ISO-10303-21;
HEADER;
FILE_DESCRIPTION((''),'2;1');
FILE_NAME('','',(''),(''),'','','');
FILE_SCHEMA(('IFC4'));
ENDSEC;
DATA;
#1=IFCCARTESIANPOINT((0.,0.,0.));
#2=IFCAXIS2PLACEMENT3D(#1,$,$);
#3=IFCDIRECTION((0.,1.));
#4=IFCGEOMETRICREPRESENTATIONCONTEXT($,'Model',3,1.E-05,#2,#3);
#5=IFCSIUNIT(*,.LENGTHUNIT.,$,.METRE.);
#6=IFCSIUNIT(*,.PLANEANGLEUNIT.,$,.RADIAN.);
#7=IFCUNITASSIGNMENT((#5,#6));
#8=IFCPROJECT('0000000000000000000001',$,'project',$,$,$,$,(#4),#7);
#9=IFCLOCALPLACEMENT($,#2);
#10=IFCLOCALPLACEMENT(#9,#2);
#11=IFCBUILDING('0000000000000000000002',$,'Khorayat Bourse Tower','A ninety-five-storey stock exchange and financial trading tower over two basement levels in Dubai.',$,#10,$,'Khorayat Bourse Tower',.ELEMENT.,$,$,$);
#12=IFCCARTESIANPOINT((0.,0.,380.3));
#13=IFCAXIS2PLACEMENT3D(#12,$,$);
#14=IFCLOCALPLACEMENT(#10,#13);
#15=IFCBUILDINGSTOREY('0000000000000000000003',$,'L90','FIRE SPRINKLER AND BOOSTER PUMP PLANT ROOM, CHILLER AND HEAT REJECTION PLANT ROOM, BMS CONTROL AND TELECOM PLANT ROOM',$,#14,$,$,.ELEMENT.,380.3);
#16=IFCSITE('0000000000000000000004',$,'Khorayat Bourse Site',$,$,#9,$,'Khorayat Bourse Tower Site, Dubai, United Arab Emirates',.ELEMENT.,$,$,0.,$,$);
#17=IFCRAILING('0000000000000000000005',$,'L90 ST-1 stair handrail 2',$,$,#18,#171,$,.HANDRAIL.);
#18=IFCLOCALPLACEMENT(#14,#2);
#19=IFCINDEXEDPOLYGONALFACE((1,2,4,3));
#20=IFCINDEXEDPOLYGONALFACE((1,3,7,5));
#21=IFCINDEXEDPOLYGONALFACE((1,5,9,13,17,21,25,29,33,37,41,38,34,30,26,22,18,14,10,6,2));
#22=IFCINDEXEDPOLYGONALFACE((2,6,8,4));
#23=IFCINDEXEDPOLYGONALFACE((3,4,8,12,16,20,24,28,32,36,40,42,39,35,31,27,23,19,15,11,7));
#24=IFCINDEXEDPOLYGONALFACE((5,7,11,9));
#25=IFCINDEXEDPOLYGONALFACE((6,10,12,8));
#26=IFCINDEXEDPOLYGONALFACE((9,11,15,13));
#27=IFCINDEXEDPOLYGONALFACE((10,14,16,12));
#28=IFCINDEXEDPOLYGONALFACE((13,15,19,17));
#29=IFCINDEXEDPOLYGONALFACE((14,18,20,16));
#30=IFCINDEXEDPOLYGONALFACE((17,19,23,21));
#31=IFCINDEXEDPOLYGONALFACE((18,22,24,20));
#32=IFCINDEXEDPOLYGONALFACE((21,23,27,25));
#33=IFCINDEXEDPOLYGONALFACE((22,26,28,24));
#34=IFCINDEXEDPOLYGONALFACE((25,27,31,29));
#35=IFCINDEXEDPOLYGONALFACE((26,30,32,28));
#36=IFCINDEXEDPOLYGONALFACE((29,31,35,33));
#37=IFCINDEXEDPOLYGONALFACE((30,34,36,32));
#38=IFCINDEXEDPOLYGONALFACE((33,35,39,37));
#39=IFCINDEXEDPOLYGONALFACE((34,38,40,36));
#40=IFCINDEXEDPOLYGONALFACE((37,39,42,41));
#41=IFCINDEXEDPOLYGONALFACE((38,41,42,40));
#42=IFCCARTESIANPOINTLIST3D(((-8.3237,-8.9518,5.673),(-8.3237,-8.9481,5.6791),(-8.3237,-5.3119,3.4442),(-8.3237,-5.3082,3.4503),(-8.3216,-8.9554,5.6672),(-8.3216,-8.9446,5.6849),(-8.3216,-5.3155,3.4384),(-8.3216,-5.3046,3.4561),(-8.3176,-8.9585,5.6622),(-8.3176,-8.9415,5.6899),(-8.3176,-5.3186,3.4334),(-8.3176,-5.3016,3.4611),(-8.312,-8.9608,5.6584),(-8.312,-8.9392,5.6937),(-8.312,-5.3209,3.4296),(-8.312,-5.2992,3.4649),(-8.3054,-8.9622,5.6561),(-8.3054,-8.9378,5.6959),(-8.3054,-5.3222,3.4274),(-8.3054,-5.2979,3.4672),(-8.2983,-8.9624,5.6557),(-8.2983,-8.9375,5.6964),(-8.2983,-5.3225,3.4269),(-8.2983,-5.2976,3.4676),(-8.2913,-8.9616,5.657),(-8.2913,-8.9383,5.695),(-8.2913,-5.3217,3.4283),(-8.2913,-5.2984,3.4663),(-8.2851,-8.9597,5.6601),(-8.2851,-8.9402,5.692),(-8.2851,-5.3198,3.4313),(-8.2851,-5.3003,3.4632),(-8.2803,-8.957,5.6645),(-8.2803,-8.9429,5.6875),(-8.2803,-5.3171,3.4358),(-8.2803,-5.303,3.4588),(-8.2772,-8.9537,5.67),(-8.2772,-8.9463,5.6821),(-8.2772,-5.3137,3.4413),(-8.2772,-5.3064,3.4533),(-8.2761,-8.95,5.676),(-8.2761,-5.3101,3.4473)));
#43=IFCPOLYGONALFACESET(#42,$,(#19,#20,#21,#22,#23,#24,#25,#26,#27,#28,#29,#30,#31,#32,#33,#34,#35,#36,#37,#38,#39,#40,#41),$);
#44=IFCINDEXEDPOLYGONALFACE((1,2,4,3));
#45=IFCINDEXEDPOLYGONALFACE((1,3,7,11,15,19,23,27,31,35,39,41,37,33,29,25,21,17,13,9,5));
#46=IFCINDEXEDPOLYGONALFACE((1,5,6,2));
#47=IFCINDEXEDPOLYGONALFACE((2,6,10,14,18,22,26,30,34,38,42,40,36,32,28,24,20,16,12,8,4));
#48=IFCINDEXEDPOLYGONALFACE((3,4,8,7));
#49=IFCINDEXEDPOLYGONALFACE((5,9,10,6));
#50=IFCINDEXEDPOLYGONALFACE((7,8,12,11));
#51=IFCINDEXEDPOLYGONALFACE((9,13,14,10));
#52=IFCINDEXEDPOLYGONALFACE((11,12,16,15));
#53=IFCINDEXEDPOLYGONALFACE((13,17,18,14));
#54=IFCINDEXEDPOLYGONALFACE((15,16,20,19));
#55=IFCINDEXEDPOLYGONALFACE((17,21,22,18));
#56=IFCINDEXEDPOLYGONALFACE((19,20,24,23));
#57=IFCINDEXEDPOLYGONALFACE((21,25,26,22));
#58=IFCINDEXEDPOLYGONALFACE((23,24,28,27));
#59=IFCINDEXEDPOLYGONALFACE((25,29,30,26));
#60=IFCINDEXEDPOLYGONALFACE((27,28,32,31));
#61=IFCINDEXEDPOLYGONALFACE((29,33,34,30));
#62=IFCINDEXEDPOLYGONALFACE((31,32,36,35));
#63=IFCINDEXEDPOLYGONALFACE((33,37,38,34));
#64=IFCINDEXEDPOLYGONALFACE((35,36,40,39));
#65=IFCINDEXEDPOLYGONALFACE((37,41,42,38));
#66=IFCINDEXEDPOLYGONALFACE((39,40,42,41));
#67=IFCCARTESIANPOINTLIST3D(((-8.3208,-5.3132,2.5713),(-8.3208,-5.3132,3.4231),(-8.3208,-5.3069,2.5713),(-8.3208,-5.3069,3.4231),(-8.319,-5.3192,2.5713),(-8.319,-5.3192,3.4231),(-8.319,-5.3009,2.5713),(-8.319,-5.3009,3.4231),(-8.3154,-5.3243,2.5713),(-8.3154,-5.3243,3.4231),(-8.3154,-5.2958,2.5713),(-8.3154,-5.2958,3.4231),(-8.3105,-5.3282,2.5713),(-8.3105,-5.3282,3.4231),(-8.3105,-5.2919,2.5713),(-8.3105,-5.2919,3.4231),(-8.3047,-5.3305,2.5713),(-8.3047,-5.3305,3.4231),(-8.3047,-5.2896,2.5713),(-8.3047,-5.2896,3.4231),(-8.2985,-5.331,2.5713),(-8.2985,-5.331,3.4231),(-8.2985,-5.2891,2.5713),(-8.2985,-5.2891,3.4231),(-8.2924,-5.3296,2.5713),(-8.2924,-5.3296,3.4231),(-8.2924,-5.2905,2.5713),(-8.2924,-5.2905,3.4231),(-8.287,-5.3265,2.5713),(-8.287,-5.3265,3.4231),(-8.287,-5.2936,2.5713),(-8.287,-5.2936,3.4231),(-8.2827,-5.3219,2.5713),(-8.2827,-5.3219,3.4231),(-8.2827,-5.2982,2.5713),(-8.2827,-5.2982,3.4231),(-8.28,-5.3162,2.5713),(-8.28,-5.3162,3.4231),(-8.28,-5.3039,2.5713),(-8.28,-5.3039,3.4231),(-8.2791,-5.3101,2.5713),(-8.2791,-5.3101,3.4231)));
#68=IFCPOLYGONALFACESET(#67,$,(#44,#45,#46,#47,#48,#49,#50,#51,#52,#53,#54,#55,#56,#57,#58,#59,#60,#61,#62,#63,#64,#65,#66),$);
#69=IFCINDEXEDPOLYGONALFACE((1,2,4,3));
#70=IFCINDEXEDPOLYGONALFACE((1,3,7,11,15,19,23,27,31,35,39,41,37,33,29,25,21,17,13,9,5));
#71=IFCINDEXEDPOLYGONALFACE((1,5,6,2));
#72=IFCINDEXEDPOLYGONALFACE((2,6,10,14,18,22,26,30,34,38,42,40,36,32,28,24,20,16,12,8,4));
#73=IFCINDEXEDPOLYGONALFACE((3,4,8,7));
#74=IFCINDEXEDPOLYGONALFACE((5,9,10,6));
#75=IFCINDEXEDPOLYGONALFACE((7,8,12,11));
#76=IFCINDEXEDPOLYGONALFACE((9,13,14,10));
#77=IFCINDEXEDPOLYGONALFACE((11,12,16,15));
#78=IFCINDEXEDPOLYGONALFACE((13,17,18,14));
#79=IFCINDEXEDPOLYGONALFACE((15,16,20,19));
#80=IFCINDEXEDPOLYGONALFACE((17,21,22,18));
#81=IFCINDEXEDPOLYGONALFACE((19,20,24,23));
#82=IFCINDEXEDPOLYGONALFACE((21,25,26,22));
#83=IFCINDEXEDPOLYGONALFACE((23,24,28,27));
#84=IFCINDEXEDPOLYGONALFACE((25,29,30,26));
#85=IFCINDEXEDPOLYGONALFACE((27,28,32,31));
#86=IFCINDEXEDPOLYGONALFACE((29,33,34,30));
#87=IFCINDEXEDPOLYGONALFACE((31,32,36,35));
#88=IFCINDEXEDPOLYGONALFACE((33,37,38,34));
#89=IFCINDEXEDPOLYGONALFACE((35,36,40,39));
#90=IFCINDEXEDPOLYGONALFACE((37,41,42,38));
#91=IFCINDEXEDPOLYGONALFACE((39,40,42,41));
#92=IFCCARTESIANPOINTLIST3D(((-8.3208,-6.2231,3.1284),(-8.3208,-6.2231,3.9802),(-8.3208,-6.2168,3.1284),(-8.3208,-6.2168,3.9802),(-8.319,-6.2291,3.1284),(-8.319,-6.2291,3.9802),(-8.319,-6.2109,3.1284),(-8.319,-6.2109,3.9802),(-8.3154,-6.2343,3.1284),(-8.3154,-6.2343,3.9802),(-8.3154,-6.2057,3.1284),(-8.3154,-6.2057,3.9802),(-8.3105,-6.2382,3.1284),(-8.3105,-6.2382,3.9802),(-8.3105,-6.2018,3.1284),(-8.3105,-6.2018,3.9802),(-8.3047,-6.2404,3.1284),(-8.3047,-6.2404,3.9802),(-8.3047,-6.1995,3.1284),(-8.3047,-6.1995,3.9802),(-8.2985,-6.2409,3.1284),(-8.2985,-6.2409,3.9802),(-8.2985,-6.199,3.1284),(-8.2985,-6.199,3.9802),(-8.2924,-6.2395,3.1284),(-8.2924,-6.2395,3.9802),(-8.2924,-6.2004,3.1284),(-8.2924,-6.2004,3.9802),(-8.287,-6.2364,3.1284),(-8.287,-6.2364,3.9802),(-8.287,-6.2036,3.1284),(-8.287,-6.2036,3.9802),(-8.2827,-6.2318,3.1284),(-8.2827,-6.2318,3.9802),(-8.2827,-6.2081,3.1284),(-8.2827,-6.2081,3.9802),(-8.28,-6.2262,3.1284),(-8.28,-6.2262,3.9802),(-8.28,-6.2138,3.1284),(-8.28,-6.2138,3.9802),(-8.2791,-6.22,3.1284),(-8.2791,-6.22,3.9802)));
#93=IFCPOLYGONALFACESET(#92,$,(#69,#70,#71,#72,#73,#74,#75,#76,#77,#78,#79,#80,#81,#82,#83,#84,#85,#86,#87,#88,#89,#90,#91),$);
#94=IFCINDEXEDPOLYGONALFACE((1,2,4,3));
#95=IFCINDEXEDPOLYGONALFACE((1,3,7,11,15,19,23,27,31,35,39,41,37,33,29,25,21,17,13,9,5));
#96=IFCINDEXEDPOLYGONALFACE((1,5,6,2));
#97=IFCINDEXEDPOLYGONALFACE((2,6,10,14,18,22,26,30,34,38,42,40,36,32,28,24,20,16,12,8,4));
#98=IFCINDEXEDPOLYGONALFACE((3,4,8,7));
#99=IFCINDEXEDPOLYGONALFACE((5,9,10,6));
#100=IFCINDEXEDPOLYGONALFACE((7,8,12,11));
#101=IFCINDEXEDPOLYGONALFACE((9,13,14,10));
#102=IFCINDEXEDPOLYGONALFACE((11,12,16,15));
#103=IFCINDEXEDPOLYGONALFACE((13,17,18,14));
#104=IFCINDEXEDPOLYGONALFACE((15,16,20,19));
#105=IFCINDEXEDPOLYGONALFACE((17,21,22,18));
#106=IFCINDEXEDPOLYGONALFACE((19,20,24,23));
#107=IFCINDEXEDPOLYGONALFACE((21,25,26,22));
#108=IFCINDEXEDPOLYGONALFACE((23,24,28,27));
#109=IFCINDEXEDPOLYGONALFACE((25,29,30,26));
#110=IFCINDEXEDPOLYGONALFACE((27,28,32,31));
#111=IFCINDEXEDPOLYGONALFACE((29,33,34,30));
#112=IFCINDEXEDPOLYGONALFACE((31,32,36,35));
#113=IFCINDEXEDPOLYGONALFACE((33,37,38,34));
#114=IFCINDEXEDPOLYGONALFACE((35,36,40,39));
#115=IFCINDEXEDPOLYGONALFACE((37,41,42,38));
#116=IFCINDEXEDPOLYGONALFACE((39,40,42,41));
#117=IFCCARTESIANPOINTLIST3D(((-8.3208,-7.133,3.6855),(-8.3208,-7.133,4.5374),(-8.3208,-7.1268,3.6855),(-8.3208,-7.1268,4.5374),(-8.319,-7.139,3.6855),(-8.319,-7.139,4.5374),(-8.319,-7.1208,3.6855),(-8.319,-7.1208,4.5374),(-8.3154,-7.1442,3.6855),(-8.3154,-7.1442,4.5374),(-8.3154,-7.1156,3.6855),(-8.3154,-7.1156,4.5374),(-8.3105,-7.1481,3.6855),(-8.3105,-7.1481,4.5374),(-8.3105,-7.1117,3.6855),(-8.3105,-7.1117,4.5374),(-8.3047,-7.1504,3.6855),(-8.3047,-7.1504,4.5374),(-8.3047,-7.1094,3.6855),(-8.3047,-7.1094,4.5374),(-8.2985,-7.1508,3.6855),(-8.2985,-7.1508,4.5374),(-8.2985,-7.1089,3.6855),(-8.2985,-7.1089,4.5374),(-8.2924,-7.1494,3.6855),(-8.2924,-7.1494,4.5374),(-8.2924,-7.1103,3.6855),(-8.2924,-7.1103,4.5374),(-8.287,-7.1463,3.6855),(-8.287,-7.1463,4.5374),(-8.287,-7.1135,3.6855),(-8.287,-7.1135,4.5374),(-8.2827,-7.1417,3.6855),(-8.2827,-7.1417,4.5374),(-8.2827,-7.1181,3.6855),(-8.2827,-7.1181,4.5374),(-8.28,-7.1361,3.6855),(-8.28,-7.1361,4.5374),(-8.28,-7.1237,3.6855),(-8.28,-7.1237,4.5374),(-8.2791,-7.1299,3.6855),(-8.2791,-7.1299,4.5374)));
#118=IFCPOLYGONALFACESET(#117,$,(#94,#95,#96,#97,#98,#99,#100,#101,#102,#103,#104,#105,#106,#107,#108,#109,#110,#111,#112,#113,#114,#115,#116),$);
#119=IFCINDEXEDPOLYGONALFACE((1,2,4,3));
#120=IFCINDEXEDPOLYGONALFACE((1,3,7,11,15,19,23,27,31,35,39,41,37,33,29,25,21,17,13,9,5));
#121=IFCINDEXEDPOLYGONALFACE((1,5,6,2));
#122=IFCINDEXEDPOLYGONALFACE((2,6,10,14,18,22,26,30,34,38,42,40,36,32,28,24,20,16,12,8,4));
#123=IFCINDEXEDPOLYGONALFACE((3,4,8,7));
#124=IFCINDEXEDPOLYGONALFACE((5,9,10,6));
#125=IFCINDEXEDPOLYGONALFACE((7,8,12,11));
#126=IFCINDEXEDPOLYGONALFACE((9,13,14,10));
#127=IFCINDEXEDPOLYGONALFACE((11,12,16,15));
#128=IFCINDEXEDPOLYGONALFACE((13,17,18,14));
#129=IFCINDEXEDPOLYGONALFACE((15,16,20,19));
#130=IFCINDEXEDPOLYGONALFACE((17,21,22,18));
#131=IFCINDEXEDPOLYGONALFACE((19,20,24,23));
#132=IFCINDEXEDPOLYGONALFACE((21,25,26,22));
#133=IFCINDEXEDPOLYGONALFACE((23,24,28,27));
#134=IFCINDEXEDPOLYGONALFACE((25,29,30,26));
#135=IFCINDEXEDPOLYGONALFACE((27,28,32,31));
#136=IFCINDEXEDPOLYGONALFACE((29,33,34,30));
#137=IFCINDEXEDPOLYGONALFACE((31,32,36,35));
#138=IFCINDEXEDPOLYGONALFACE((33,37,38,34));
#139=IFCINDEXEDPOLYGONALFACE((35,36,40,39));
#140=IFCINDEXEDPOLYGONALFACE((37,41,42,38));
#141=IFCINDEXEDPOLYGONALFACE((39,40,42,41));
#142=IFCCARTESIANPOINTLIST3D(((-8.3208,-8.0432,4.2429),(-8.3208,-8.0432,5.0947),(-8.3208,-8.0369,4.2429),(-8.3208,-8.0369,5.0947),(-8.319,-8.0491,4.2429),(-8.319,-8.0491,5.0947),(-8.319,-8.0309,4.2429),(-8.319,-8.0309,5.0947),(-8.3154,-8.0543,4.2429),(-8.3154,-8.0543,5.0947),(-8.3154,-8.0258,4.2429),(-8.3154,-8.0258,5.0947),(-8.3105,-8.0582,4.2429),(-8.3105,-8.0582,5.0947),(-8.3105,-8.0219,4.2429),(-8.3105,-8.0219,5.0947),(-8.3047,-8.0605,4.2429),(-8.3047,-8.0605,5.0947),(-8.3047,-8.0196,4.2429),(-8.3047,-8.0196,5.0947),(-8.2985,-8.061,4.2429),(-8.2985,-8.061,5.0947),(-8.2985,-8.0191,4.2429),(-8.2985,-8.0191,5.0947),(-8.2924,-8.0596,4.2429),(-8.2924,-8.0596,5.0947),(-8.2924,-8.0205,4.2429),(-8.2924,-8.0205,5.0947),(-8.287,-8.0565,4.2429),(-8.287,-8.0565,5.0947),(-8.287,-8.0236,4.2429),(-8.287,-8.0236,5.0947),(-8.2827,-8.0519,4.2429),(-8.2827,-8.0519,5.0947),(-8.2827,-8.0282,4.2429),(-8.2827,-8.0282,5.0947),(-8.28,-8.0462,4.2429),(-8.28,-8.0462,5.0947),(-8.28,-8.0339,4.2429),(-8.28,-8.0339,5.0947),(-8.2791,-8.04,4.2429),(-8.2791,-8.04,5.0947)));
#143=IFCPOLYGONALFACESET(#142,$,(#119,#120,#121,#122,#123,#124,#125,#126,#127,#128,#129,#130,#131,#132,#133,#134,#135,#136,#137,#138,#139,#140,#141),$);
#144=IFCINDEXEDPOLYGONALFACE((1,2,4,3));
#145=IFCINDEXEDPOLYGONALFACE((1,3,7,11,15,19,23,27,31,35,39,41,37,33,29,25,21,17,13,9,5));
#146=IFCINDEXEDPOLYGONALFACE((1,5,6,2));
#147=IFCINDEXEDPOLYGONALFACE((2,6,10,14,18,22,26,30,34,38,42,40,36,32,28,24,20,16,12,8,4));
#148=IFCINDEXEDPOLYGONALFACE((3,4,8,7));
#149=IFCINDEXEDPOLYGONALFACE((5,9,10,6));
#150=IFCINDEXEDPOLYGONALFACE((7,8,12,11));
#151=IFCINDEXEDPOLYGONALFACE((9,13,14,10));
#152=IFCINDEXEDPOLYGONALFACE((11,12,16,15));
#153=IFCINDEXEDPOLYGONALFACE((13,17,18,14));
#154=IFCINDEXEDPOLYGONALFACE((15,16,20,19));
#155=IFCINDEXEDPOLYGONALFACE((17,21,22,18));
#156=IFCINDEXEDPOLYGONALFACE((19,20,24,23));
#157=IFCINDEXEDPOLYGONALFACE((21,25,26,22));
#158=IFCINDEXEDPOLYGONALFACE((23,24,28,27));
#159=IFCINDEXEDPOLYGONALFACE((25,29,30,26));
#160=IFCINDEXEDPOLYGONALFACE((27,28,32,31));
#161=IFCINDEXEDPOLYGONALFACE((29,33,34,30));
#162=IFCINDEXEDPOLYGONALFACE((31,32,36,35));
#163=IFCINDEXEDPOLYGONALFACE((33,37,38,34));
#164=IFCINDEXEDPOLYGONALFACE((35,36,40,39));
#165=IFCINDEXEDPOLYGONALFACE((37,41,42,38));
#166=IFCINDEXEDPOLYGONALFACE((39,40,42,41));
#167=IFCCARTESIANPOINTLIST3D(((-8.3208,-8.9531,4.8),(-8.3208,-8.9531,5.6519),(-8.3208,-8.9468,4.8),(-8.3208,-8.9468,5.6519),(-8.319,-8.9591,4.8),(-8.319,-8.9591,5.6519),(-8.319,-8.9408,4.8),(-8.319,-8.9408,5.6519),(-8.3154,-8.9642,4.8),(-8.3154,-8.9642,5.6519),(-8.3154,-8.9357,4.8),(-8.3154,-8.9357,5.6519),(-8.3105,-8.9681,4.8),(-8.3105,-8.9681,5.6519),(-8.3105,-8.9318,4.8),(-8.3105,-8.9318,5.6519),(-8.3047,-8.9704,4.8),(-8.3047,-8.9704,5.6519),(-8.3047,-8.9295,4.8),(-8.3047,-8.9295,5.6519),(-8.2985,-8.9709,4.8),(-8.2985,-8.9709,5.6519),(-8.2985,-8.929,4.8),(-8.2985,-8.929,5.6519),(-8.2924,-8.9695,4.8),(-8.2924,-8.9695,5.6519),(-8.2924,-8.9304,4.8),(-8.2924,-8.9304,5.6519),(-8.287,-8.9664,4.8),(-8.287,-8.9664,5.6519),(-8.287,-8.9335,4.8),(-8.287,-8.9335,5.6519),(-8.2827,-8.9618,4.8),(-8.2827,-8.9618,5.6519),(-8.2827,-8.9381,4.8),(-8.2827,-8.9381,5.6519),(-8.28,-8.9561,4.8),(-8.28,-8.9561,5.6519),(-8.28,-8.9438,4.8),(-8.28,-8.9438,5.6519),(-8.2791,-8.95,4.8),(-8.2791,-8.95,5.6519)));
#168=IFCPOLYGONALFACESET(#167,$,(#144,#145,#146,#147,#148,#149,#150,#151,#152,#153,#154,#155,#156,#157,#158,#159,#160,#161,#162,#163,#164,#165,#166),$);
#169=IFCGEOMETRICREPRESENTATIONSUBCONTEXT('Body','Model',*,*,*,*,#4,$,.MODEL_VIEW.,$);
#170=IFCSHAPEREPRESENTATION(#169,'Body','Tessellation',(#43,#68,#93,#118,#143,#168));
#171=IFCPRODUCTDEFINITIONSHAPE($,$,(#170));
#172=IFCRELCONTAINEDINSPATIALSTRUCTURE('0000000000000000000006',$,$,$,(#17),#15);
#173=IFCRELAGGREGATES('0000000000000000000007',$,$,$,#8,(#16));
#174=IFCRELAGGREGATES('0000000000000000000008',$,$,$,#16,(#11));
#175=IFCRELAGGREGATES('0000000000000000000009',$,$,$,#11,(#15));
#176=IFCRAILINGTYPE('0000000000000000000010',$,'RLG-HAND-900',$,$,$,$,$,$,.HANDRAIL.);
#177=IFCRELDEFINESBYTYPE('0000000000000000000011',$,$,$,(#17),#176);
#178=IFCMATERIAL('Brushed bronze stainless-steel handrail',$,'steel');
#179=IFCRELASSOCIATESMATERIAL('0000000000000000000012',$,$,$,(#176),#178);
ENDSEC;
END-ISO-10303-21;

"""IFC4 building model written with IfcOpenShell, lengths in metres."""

from ifc_helpers import new_model, si_unit, direction, frame, origin, origin_2d, place, context, subcontext, project, spatial, circle, extrude, source, transform, mapped, material, type_object, element, save


model = new_model("IFC4")

# Units and contexts
model_context = context("Model", 3, precision=1e-05, world=origin(), true_north=direction((0.0, 1.0)))
body_context = subcontext(model_context, "Body", "Model", "MODEL_VIEW")
ifc_project = project(units=[si_unit("LENGTHUNIT", "METRE"), si_unit("PLANEANGLEUNIT", "RADIAN")], contexts=[model_context])

# Site, building, storey
site_placement = place(None, origin())
site = spatial("IfcSite", under=ifc_project, at=site_placement, Name="Khorayat Bourse Site", LongName="Khorayat Bourse Tower Site, Dubai, United Arab Emirates", CompositionType="ELEMENT", RefElevation=0.0)
building_placement = place(site_placement, origin())
building = spatial("IfcBuilding", under=site, at=building_placement, Name="Khorayat Bourse Tower", Description="A ninety-five-storey stock exchange and financial trading tower over two basement levels in Dubai.", LongName="Khorayat Bourse Tower", CompositionType="ELEMENT")
storey_placement = place(building_placement, frame((0.0, 0.0, 380.3)))
storey = spatial("IfcBuildingStorey", under=building, at=storey_placement, Name="L90", Description="FIRE SPRINKLER AND BOOSTER PUMP PLANT ROOM, CHILLER AND HEAT REJECTION PLANT ROOM, BMS CONTROL AND TELECOM PLANT ROOM", CompositionType="ELEMENT", Elevation=380.3)

# Railing
ifc_material_1 = material(Name="Brushed bronze stainless-steel handrail", Category="steel")
railing_type_1 = type_object("IfcRailingType", Name="RLG-HAND-900", PredefinedType="HANDRAIL", material=ifc_material_1)
shared_shape_1 = source(origin(), body_context, "Body", "SweptSolid", [
    extrude(circle(Radius=0.0239, at=origin_2d()), frame((0.0, 0.0, 0.876), z_axis=(0.0, -0.852825, 0.522197), x_axis=(1.0, 0.0, 0.0)), (0.0, 0.0, 1.0), 4.2681),
    extrude(circle(Radius=0.021, at=origin_2d()), origin(), (0.0, 0.0, 1.0), 0.8518),
    extrude(circle(Radius=0.021, at=origin_2d()), frame((0.0, -0.9099, 0.5571)), (0.0, 0.0, 1.0), 0.8518),
    extrude(circle(Radius=0.021, at=origin_2d()), frame((0.0, -1.8198, 1.1143)), (0.0, 0.0, 1.0), 0.8518),
    extrude(circle(Radius=0.021, at=origin_2d()), frame((0.0, -2.73, 1.6716)), (0.0, 0.0, 1.0), 0.8518),
    extrude(circle(Radius=0.021, at=origin_2d()), frame((0.0, -3.6399, 2.2288)), (0.0, 0.0, 1.0), 0.8518),
])
railing_1_placement = place(storey_placement, frame((-8.3, -5.3101, 2.5713)))
element("IfcRailing", 1, at=railing_1_placement, inside=storey, type_object=railing_type_1, Name="L90 ST-1 stair handrail 2", PredefinedType="HANDRAIL", context=body_context, shape_type="MappedRepresentation", body=[
    mapped(shared_shape_1, transform((0.0, 0.0, 0.0), scale=1.0)),
])

save(model, "model.ifc")
